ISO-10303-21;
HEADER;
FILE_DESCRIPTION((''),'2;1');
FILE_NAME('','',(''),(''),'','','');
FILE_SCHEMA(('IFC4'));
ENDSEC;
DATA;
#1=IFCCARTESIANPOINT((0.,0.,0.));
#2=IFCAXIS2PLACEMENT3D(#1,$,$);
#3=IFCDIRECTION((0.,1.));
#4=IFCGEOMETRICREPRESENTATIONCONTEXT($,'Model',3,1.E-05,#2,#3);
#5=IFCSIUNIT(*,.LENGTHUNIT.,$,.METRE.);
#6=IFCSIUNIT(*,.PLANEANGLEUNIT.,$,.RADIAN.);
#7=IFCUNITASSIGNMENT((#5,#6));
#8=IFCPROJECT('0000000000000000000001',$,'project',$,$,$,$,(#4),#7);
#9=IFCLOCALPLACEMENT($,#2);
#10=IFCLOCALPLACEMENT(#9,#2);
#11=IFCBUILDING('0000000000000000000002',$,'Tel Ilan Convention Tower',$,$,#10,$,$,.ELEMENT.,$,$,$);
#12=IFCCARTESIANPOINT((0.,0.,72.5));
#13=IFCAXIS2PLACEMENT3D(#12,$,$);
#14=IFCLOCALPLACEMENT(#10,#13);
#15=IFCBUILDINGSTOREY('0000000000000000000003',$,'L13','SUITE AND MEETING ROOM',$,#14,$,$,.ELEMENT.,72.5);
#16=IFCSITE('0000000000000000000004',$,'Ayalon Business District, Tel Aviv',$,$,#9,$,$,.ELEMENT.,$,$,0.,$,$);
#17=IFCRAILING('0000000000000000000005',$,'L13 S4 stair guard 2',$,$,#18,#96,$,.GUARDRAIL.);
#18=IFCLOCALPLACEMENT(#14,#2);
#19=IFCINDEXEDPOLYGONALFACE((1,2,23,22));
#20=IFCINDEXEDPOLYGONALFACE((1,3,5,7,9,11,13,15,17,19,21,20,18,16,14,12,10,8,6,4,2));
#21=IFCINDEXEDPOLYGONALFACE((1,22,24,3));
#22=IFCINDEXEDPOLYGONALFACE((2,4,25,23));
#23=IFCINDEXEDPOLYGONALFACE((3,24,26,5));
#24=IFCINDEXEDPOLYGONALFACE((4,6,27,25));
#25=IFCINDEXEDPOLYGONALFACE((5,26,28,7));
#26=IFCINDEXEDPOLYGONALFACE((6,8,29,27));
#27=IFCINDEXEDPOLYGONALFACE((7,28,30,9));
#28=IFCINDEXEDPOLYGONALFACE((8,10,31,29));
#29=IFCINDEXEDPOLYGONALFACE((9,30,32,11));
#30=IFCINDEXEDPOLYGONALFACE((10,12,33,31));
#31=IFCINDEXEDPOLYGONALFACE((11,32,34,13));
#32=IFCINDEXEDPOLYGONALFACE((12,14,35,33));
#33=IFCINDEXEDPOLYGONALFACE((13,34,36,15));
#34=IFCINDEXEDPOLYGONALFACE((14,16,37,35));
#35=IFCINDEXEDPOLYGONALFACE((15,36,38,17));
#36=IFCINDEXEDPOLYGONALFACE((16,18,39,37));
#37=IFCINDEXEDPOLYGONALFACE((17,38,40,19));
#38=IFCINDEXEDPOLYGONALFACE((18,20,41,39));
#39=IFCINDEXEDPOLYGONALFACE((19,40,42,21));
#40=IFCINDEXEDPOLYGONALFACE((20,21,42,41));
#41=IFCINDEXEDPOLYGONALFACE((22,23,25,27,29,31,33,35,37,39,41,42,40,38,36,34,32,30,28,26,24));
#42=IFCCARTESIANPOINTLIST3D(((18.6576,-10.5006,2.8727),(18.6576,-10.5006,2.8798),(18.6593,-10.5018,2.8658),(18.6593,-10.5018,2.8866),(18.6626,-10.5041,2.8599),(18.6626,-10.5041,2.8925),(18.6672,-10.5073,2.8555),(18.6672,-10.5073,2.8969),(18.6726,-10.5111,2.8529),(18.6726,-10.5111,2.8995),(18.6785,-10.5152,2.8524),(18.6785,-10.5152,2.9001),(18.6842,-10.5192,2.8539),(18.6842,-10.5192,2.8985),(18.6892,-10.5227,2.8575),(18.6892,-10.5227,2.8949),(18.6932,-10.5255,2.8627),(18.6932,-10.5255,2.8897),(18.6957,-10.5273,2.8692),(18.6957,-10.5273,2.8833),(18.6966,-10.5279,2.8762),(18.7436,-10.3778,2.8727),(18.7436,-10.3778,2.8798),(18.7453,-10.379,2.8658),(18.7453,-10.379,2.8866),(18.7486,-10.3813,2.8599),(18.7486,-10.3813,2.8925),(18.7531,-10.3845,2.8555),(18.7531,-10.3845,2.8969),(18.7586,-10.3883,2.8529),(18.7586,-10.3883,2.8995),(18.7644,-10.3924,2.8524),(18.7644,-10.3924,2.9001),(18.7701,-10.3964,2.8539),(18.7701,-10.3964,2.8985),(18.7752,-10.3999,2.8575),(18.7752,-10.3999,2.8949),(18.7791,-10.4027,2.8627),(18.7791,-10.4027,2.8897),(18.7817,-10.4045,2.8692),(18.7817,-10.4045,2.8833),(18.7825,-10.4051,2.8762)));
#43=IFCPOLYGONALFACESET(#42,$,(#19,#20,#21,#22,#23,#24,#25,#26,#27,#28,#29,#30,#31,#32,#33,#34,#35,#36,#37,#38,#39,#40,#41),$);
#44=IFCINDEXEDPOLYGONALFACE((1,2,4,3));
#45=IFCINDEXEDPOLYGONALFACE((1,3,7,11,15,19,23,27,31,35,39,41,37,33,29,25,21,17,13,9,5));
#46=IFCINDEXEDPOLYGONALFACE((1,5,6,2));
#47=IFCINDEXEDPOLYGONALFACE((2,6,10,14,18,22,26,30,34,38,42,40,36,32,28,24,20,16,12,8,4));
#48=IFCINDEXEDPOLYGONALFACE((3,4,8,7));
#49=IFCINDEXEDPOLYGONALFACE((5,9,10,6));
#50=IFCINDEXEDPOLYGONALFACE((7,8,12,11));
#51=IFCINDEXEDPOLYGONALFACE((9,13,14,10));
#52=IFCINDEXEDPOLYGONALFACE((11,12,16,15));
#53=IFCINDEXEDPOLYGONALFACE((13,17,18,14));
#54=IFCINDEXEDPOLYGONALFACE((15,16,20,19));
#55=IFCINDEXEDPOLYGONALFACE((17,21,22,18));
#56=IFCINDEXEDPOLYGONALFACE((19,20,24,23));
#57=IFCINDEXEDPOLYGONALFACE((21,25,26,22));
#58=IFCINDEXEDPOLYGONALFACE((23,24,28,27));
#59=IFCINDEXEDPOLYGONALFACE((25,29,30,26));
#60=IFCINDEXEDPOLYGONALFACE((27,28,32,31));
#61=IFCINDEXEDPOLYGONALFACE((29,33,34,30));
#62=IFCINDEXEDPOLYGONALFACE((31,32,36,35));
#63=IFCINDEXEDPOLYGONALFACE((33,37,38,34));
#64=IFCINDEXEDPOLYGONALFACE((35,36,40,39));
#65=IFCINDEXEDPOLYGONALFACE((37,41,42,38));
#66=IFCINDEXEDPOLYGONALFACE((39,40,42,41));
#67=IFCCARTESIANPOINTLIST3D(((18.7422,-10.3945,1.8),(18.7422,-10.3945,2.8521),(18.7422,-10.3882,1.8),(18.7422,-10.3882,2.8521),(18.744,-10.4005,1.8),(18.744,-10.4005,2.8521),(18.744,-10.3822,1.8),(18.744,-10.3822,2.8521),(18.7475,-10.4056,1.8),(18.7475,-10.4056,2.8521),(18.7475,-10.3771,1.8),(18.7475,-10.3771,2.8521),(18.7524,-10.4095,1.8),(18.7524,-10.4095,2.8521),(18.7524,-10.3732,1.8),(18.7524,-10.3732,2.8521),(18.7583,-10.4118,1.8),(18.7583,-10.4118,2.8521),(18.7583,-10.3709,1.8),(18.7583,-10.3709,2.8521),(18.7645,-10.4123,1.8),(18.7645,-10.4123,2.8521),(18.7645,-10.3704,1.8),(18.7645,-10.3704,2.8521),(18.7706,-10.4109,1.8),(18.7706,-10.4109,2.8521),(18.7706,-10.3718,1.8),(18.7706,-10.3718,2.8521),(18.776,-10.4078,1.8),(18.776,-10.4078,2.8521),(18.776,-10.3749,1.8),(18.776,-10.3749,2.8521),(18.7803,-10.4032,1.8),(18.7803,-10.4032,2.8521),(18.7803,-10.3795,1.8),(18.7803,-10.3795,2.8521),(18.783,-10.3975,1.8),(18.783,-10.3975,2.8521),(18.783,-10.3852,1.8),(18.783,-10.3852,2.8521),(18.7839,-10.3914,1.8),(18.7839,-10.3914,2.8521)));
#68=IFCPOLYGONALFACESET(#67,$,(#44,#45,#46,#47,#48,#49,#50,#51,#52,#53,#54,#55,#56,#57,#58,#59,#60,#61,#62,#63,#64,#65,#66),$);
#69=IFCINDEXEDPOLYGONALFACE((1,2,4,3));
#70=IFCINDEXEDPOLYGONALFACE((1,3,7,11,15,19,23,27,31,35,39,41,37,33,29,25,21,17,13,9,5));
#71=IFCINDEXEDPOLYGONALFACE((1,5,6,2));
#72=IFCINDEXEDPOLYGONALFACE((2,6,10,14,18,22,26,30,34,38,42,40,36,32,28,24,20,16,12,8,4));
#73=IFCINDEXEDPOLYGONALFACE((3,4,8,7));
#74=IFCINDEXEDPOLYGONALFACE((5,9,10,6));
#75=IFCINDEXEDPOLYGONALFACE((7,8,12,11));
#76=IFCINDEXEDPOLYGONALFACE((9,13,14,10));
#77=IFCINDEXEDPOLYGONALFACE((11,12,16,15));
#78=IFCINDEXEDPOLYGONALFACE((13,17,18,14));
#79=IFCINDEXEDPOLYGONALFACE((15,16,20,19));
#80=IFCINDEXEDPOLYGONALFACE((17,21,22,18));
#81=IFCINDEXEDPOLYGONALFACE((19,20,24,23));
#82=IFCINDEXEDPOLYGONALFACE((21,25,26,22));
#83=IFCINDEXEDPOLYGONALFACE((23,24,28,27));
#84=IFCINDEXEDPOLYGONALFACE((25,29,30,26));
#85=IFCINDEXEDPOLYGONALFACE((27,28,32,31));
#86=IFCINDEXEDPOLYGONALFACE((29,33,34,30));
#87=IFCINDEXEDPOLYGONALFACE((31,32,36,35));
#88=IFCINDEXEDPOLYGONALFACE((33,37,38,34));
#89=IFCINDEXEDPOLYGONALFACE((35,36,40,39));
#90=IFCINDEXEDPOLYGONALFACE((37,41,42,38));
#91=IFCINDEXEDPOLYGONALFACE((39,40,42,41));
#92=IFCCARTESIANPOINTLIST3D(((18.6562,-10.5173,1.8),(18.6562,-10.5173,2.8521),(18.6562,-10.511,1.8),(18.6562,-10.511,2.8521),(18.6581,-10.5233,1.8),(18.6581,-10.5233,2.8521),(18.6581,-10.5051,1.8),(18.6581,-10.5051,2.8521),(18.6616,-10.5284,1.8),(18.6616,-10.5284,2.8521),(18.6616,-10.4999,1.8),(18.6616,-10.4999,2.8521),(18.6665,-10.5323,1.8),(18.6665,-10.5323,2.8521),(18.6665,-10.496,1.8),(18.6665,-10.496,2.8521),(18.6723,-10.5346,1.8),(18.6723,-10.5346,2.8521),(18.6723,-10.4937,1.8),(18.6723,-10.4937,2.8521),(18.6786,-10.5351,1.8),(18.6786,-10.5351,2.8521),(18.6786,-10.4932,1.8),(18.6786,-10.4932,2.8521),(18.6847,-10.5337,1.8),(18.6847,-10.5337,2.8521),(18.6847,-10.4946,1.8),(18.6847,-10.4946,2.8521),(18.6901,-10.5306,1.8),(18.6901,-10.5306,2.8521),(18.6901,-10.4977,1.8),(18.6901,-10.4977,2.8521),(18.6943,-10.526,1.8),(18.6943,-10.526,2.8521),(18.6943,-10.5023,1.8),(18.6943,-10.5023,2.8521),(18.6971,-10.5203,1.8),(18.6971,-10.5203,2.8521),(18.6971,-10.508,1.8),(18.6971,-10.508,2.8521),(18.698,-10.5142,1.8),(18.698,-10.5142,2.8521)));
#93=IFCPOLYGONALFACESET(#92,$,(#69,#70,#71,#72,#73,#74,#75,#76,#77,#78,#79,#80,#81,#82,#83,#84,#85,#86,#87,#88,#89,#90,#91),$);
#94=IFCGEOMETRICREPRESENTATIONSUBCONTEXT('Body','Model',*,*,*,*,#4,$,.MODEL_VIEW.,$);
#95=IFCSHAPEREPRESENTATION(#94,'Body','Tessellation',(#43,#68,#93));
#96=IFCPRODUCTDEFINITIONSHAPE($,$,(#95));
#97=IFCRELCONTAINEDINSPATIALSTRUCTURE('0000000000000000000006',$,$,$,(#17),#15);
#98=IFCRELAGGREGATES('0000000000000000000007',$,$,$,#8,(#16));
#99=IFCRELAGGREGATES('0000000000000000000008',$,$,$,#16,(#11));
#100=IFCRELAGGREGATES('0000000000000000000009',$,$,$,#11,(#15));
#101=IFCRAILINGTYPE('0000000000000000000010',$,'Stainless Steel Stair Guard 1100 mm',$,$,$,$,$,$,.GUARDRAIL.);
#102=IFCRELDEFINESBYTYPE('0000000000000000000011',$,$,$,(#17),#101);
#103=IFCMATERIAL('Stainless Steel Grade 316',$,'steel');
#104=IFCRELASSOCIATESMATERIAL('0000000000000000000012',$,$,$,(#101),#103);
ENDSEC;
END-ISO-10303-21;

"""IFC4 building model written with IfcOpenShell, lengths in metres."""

from ifc_helpers import new_model, si_unit, direction, frame, origin, origin_2d, place, context, subcontext, project, spatial, circle, extrude, material, type_object, element, save


model = new_model("IFC4")

# Units and contexts
model_context = context("Model", 3, precision=1e-05, world=origin(), true_north=direction((0.0, 1.0)))
body_context = subcontext(model_context, "Body", "Model", "MODEL_VIEW")
ifc_project = project(units=[si_unit("LENGTHUNIT", "METRE"), si_unit("PLANEANGLEUNIT", "RADIAN")], contexts=[model_context])

# Site, building, storey
site_placement = place(None, origin())
site = spatial("IfcSite", under=ifc_project, at=site_placement, Name="Ayalon Business District, Tel Aviv", CompositionType="ELEMENT", RefElevation=0.0)
building_placement = place(site_placement, origin())
building = spatial("IfcBuilding", under=site, at=building_placement, Name="Tel Ilan Convention Tower", CompositionType="ELEMENT")
storey_placement = place(building_placement, frame((0.0, 0.0, 72.5)))
storey = spatial("IfcBuildingStorey", under=building, at=storey_placement, Name="L13", Description="SUITE AND MEETING ROOM", CompositionType="ELEMENT", Elevation=72.5)

# Railing
ifc_material_1 = material(Name="Stainless Steel Grade 316", Category="steel")
railing_type_1 = type_object("IfcRailingType", Name="Stainless Steel Stair Guard 1100 mm", PredefinedType="GUARDRAIL", material=ifc_material_1)
railing_1_placement = place(storey_placement, frame((18.7629, -10.3914, 1.8)))
element("IfcRailing", 1, at=railing_1_placement, inside=storey, type_object=railing_type_1, Name="L13 S4 stair guard 2", PredefinedType="GUARDRAIL", context=body_context, shape_type="SweptSolid", body=[
    extrude(circle(Radius=0.0239, at=origin_2d()), frame((0.0, 0.0, 1.0762), z_axis=(-0.573353, -0.819308, 0.0), x_axis=(0.819308, -0.573353, 0.0)), (0.0, 0.0, 1.0), 0.1499),
    extrude(circle(Radius=0.021, at=origin_2d()), origin(), (0.0, 0.0, 1.0), 1.052),
    extrude(circle(Radius=0.021, at=origin_2d()), frame((-0.0859, -0.1228, 0.0)), (0.0, 0.0, 1.0), 1.052),
])

save(model, "model.ifc")
